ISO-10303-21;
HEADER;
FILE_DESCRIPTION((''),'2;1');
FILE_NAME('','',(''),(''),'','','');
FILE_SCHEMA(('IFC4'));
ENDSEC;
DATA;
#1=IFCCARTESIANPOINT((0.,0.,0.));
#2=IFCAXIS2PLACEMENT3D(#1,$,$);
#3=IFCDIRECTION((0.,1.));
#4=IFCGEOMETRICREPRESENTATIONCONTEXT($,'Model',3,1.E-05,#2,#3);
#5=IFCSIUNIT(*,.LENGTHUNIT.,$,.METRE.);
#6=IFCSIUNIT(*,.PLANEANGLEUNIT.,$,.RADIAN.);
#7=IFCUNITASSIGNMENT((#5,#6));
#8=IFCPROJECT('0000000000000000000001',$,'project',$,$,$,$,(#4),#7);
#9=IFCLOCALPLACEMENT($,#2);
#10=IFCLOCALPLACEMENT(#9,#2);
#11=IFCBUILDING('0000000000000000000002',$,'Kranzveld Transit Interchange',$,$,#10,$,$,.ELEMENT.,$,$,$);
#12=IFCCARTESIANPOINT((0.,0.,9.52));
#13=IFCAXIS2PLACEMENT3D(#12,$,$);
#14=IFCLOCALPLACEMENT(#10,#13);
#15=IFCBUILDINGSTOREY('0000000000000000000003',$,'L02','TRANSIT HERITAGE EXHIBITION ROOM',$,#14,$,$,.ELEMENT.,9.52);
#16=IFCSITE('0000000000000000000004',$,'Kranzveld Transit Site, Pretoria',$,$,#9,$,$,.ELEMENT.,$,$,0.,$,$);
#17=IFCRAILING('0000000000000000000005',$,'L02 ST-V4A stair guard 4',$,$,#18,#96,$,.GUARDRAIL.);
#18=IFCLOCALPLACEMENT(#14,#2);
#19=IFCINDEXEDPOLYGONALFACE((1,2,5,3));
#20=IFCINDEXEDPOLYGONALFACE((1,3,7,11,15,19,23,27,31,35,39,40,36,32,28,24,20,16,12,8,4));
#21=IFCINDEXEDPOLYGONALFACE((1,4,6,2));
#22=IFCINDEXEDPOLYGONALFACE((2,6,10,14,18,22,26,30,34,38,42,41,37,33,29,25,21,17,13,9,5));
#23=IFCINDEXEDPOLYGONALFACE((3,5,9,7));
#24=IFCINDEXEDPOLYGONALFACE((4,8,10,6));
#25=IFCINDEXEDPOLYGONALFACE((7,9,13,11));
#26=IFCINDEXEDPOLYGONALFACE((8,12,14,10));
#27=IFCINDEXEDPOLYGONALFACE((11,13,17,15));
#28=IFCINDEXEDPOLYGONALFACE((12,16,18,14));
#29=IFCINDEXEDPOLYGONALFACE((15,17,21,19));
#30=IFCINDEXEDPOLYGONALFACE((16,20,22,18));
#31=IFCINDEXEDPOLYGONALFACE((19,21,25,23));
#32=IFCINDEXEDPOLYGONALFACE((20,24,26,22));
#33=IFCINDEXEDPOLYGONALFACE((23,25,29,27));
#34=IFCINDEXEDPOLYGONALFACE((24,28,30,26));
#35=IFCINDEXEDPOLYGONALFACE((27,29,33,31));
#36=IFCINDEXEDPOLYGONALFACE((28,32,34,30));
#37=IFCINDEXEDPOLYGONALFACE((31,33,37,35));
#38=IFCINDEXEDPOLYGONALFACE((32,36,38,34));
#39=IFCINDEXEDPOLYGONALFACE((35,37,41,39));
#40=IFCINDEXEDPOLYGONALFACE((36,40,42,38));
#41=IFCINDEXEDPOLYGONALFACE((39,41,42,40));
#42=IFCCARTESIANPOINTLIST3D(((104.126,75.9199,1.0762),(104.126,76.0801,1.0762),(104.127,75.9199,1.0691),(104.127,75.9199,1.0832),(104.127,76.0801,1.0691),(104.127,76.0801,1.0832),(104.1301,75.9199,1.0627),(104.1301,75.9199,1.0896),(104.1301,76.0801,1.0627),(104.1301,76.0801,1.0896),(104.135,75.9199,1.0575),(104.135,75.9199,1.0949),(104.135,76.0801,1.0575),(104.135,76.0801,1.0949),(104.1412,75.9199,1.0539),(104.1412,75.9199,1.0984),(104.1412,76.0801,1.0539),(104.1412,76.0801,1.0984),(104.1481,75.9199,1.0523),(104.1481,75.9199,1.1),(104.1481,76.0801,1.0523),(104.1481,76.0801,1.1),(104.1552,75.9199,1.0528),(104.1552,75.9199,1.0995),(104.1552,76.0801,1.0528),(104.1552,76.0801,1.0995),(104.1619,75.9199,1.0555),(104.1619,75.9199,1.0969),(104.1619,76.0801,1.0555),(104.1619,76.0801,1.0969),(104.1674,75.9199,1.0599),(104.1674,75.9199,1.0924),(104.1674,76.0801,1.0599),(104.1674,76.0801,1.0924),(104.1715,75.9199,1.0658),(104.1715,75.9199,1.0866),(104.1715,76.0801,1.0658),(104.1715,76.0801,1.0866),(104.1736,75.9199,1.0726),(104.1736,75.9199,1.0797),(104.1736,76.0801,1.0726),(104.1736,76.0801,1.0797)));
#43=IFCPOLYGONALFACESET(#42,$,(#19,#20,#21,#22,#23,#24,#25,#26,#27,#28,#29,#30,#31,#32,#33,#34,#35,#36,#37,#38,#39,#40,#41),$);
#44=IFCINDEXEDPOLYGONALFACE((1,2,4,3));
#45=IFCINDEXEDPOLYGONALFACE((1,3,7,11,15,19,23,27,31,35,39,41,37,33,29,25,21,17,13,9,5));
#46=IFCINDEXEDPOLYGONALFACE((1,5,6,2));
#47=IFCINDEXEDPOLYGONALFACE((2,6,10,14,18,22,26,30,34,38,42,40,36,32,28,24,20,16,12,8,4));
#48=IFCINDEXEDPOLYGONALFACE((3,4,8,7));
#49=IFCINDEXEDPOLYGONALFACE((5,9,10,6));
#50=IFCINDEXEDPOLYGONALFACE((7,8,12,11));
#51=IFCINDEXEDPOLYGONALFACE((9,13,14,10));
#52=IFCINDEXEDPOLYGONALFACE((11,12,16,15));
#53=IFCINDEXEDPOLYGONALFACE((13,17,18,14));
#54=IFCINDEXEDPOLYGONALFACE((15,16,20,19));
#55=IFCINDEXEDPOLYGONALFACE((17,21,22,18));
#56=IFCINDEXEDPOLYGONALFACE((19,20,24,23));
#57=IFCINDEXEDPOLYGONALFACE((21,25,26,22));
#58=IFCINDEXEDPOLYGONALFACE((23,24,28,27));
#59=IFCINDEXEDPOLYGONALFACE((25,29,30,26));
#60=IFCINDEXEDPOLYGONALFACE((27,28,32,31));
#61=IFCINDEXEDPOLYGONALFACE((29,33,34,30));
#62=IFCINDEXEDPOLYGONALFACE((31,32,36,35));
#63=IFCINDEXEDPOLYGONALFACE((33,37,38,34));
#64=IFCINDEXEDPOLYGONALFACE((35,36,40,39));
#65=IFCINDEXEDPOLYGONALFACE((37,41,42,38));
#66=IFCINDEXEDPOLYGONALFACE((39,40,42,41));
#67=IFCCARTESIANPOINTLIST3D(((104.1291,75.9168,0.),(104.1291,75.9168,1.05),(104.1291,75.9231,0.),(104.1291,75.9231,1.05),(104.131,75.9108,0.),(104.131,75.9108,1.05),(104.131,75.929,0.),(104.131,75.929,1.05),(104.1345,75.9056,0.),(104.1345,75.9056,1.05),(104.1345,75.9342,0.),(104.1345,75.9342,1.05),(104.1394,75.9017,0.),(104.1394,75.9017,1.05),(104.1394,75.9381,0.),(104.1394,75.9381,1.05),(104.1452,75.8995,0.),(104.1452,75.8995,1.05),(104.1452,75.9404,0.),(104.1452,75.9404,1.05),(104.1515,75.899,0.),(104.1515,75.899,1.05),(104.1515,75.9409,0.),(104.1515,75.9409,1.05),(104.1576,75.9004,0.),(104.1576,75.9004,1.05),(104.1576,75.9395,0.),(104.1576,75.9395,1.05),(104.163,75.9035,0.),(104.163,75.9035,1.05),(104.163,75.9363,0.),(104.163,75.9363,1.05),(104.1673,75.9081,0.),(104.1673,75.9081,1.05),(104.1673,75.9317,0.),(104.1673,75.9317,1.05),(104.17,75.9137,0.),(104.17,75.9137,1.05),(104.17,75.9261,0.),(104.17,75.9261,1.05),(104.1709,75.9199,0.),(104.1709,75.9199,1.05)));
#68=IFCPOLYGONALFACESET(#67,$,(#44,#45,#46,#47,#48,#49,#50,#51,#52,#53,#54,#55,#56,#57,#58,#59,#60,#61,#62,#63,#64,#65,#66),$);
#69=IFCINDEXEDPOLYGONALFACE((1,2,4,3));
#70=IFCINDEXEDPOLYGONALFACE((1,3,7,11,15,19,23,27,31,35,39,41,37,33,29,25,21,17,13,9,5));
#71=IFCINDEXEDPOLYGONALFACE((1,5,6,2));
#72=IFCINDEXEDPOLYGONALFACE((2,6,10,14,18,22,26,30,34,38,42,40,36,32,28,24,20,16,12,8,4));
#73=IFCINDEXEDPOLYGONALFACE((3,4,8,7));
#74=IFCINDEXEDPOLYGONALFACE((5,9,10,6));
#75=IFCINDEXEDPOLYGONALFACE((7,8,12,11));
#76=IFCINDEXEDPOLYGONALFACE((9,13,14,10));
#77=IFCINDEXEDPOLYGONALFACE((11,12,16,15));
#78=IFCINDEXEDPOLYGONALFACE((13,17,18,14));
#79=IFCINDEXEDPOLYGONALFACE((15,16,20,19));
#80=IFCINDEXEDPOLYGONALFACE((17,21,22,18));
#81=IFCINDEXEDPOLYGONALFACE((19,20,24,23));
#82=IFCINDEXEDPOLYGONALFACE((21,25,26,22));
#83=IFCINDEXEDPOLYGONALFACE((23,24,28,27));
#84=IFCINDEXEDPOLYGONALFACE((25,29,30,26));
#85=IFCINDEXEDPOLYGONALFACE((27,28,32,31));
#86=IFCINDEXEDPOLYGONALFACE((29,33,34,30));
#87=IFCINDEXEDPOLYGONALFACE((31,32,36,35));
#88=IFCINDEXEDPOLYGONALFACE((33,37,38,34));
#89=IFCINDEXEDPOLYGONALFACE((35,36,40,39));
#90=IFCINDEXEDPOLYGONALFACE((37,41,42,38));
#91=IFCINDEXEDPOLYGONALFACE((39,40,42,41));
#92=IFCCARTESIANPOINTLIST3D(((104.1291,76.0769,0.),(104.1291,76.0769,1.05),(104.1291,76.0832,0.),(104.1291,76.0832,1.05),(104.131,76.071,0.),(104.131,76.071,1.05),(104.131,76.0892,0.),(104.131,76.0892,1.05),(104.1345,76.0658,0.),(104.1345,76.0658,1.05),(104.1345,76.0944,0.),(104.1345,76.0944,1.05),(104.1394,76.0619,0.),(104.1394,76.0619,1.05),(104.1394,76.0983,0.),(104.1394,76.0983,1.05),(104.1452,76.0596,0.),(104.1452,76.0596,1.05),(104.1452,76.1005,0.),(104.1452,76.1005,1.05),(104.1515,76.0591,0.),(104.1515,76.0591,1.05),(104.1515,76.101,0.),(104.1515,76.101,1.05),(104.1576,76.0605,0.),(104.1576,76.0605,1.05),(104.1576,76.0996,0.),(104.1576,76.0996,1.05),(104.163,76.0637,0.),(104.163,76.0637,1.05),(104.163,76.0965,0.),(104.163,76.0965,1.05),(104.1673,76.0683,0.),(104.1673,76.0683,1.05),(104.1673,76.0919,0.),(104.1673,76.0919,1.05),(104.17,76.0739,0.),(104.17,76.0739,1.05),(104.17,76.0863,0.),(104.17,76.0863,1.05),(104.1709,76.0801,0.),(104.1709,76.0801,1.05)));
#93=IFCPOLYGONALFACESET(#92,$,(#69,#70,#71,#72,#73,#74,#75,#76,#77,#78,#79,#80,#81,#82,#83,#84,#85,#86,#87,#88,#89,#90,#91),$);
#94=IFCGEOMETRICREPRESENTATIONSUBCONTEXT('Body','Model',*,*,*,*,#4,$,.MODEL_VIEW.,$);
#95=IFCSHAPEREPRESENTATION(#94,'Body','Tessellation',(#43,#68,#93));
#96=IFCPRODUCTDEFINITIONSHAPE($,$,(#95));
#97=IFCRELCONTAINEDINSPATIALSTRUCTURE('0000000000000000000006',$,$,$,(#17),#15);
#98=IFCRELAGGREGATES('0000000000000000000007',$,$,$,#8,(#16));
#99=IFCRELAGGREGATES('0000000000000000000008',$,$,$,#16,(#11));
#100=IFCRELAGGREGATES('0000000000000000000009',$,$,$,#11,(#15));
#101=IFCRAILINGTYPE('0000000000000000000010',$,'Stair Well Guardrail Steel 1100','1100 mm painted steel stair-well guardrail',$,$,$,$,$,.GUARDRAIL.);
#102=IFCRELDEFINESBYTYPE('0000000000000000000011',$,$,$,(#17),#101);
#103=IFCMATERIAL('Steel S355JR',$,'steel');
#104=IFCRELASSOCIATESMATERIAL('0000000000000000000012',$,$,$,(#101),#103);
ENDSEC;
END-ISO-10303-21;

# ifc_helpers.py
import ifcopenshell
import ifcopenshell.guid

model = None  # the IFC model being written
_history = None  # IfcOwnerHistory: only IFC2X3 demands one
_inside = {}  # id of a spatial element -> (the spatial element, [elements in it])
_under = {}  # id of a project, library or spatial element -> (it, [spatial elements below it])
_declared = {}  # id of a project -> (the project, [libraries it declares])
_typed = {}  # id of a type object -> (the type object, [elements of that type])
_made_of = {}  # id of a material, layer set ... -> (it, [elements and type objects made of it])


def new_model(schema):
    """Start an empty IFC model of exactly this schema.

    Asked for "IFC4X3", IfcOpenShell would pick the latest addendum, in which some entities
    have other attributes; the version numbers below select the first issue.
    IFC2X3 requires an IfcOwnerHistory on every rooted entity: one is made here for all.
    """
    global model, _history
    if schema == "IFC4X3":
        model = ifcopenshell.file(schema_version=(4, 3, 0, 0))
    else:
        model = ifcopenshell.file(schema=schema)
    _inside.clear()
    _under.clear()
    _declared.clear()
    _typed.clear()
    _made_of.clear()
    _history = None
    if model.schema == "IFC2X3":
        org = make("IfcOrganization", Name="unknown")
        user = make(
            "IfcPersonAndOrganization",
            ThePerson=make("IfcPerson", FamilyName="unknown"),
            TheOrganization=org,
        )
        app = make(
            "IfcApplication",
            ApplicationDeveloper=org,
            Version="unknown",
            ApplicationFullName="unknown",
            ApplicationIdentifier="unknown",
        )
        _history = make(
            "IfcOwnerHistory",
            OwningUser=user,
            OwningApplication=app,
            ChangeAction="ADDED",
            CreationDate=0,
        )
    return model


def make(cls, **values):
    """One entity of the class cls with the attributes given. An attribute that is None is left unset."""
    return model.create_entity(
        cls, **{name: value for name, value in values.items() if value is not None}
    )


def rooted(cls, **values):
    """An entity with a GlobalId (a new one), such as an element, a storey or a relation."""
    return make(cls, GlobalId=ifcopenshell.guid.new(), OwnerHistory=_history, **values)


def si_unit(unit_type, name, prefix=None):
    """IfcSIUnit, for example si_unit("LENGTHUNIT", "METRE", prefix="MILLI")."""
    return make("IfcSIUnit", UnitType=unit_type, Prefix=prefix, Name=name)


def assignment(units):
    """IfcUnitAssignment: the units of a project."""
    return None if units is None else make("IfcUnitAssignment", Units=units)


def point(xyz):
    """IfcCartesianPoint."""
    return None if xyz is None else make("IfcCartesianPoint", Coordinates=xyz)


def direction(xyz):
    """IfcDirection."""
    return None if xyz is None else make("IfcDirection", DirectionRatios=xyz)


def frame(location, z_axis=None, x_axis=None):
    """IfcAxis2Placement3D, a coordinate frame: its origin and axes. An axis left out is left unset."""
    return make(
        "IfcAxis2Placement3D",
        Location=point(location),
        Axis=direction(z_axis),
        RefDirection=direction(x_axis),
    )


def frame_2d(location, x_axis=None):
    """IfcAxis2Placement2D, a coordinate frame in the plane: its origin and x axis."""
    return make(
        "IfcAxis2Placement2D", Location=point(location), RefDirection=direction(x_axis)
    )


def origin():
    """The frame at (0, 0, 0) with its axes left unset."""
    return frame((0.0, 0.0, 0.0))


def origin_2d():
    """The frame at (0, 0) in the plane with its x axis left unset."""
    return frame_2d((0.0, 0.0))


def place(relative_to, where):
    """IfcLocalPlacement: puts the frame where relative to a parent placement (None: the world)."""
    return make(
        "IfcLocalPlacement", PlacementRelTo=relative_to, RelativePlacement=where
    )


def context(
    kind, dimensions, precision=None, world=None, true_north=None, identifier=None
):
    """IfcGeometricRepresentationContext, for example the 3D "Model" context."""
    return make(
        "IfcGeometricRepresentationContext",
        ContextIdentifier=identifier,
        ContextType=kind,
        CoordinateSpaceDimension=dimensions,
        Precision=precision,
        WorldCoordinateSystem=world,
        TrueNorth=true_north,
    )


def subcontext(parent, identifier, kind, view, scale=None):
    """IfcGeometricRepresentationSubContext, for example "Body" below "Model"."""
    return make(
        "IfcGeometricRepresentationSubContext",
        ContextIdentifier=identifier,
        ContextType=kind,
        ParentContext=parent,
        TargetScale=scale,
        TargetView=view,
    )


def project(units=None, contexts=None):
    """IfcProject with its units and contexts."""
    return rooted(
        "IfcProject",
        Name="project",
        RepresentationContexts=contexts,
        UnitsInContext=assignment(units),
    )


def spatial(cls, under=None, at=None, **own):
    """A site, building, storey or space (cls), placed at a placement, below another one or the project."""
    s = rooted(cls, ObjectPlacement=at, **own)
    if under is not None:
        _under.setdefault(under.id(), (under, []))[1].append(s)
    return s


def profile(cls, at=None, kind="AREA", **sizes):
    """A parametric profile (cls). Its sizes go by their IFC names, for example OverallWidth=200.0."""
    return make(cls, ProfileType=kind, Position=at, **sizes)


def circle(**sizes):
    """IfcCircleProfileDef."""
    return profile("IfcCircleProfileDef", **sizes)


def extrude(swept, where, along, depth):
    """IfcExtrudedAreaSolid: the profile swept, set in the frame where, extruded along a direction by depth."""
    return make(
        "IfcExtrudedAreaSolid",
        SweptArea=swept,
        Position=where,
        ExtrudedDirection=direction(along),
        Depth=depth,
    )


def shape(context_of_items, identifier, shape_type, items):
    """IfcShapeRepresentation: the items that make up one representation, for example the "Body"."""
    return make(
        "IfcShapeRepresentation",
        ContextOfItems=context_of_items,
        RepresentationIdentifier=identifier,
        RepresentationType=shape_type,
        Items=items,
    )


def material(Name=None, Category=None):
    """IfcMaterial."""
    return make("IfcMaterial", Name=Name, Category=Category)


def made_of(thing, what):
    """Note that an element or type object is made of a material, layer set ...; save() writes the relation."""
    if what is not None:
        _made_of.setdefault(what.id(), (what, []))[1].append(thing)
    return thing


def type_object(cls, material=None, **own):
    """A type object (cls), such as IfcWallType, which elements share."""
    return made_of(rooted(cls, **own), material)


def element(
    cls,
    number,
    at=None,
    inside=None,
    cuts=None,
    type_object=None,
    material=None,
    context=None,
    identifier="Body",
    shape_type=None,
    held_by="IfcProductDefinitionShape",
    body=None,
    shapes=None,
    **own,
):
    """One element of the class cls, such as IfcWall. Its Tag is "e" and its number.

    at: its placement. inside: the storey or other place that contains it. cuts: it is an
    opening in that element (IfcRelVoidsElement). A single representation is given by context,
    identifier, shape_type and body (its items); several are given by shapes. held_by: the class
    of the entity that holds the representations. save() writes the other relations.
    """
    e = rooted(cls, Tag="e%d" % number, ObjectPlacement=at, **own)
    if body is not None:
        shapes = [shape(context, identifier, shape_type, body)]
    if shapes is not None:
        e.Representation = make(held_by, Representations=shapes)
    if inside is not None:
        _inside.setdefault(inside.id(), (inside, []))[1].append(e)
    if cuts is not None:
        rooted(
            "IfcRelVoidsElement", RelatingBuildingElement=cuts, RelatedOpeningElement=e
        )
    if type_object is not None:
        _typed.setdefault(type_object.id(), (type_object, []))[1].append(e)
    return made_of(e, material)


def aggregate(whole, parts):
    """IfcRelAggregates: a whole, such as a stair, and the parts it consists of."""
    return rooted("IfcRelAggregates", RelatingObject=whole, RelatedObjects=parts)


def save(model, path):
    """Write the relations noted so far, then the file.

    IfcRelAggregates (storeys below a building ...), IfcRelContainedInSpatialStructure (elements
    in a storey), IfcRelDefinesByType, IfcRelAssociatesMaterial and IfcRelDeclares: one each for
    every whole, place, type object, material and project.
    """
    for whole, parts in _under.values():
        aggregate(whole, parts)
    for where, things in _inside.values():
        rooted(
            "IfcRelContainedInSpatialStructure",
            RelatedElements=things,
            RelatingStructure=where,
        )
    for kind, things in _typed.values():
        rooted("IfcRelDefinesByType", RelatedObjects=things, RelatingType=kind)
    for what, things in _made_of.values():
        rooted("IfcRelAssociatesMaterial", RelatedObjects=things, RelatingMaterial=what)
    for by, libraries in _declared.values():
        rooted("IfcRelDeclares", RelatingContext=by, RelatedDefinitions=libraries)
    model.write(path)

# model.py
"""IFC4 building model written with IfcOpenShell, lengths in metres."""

from ifc_helpers import new_model, si_unit, direction, frame, origin, origin_2d, place, context, subcontext, project, spatial, circle, extrude, material, type_object, element, save


model = new_model("IFC4")

# Units and contexts
model_context = context("Model", 3, precision=1e-05, world=origin(), true_north=direction((0.0, 1.0)))
body_context = subcontext(model_context, "Body", "Model", "MODEL_VIEW")
ifc_project = project(units=[si_unit("LENGTHUNIT", "METRE"), si_unit("PLANEANGLEUNIT", "RADIAN")], contexts=[model_context])

# Site, building, storey
site_placement = place(None, origin())
site = spatial("IfcSite", under=ifc_project, at=site_placement, Name="Kranzveld Transit Site, Pretoria", CompositionType="ELEMENT", RefElevation=0.0)
building_placement = place(site_placement, origin())
building = spatial("IfcBuilding", under=site, at=building_placement, Name="Kranzveld Transit Interchange", CompositionType="ELEMENT")
storey_placement = place(building_placement, frame((0.0, 0.0, 9.52)))
storey = spatial("IfcBuildingStorey", under=building, at=storey_placement, Name="L02", Description="TRANSIT HERITAGE EXHIBITION ROOM", CompositionType="ELEMENT", Elevation=9.52)

# Railing
ifc_material_1 = material(Name="Steel S355JR", Category="steel")
railing_type_1 = type_object("IfcRailingType", Name="Stair Well Guardrail Steel 1100", Description="1100 mm painted steel stair-well guardrail", PredefinedType="GUARDRAIL", material=ifc_material_1)
railing_1_placement = place(storey_placement, frame((104.1499, 75.9199, 0.0)))
element("IfcRailing", 1, at=railing_1_placement, inside=storey, type_object=railing_type_1, Name="L02 ST-V4A stair guard 4", PredefinedType="GUARDRAIL", context=body_context, shape_type="SweptSolid", body=[
    extrude(circle(Radius=0.0239, at=origin_2d()), frame((0.0, 0.0, 1.0762), z_axis=(0.0, 1.0, 0.0), x_axis=(-1.0, 0.0, 0.0)), (0.0, 0.0, 1.0), 0.1602),
    extrude(circle(Radius=0.021, at=origin_2d()), origin(), (0.0, 0.0, 1.0), 1.05),
    extrude(circle(Radius=0.021, at=origin_2d()), frame((0.0, 0.1602, 0.0)), (0.0, 0.0, 1.0), 1.05),
])

save(model, "model.ifc")
